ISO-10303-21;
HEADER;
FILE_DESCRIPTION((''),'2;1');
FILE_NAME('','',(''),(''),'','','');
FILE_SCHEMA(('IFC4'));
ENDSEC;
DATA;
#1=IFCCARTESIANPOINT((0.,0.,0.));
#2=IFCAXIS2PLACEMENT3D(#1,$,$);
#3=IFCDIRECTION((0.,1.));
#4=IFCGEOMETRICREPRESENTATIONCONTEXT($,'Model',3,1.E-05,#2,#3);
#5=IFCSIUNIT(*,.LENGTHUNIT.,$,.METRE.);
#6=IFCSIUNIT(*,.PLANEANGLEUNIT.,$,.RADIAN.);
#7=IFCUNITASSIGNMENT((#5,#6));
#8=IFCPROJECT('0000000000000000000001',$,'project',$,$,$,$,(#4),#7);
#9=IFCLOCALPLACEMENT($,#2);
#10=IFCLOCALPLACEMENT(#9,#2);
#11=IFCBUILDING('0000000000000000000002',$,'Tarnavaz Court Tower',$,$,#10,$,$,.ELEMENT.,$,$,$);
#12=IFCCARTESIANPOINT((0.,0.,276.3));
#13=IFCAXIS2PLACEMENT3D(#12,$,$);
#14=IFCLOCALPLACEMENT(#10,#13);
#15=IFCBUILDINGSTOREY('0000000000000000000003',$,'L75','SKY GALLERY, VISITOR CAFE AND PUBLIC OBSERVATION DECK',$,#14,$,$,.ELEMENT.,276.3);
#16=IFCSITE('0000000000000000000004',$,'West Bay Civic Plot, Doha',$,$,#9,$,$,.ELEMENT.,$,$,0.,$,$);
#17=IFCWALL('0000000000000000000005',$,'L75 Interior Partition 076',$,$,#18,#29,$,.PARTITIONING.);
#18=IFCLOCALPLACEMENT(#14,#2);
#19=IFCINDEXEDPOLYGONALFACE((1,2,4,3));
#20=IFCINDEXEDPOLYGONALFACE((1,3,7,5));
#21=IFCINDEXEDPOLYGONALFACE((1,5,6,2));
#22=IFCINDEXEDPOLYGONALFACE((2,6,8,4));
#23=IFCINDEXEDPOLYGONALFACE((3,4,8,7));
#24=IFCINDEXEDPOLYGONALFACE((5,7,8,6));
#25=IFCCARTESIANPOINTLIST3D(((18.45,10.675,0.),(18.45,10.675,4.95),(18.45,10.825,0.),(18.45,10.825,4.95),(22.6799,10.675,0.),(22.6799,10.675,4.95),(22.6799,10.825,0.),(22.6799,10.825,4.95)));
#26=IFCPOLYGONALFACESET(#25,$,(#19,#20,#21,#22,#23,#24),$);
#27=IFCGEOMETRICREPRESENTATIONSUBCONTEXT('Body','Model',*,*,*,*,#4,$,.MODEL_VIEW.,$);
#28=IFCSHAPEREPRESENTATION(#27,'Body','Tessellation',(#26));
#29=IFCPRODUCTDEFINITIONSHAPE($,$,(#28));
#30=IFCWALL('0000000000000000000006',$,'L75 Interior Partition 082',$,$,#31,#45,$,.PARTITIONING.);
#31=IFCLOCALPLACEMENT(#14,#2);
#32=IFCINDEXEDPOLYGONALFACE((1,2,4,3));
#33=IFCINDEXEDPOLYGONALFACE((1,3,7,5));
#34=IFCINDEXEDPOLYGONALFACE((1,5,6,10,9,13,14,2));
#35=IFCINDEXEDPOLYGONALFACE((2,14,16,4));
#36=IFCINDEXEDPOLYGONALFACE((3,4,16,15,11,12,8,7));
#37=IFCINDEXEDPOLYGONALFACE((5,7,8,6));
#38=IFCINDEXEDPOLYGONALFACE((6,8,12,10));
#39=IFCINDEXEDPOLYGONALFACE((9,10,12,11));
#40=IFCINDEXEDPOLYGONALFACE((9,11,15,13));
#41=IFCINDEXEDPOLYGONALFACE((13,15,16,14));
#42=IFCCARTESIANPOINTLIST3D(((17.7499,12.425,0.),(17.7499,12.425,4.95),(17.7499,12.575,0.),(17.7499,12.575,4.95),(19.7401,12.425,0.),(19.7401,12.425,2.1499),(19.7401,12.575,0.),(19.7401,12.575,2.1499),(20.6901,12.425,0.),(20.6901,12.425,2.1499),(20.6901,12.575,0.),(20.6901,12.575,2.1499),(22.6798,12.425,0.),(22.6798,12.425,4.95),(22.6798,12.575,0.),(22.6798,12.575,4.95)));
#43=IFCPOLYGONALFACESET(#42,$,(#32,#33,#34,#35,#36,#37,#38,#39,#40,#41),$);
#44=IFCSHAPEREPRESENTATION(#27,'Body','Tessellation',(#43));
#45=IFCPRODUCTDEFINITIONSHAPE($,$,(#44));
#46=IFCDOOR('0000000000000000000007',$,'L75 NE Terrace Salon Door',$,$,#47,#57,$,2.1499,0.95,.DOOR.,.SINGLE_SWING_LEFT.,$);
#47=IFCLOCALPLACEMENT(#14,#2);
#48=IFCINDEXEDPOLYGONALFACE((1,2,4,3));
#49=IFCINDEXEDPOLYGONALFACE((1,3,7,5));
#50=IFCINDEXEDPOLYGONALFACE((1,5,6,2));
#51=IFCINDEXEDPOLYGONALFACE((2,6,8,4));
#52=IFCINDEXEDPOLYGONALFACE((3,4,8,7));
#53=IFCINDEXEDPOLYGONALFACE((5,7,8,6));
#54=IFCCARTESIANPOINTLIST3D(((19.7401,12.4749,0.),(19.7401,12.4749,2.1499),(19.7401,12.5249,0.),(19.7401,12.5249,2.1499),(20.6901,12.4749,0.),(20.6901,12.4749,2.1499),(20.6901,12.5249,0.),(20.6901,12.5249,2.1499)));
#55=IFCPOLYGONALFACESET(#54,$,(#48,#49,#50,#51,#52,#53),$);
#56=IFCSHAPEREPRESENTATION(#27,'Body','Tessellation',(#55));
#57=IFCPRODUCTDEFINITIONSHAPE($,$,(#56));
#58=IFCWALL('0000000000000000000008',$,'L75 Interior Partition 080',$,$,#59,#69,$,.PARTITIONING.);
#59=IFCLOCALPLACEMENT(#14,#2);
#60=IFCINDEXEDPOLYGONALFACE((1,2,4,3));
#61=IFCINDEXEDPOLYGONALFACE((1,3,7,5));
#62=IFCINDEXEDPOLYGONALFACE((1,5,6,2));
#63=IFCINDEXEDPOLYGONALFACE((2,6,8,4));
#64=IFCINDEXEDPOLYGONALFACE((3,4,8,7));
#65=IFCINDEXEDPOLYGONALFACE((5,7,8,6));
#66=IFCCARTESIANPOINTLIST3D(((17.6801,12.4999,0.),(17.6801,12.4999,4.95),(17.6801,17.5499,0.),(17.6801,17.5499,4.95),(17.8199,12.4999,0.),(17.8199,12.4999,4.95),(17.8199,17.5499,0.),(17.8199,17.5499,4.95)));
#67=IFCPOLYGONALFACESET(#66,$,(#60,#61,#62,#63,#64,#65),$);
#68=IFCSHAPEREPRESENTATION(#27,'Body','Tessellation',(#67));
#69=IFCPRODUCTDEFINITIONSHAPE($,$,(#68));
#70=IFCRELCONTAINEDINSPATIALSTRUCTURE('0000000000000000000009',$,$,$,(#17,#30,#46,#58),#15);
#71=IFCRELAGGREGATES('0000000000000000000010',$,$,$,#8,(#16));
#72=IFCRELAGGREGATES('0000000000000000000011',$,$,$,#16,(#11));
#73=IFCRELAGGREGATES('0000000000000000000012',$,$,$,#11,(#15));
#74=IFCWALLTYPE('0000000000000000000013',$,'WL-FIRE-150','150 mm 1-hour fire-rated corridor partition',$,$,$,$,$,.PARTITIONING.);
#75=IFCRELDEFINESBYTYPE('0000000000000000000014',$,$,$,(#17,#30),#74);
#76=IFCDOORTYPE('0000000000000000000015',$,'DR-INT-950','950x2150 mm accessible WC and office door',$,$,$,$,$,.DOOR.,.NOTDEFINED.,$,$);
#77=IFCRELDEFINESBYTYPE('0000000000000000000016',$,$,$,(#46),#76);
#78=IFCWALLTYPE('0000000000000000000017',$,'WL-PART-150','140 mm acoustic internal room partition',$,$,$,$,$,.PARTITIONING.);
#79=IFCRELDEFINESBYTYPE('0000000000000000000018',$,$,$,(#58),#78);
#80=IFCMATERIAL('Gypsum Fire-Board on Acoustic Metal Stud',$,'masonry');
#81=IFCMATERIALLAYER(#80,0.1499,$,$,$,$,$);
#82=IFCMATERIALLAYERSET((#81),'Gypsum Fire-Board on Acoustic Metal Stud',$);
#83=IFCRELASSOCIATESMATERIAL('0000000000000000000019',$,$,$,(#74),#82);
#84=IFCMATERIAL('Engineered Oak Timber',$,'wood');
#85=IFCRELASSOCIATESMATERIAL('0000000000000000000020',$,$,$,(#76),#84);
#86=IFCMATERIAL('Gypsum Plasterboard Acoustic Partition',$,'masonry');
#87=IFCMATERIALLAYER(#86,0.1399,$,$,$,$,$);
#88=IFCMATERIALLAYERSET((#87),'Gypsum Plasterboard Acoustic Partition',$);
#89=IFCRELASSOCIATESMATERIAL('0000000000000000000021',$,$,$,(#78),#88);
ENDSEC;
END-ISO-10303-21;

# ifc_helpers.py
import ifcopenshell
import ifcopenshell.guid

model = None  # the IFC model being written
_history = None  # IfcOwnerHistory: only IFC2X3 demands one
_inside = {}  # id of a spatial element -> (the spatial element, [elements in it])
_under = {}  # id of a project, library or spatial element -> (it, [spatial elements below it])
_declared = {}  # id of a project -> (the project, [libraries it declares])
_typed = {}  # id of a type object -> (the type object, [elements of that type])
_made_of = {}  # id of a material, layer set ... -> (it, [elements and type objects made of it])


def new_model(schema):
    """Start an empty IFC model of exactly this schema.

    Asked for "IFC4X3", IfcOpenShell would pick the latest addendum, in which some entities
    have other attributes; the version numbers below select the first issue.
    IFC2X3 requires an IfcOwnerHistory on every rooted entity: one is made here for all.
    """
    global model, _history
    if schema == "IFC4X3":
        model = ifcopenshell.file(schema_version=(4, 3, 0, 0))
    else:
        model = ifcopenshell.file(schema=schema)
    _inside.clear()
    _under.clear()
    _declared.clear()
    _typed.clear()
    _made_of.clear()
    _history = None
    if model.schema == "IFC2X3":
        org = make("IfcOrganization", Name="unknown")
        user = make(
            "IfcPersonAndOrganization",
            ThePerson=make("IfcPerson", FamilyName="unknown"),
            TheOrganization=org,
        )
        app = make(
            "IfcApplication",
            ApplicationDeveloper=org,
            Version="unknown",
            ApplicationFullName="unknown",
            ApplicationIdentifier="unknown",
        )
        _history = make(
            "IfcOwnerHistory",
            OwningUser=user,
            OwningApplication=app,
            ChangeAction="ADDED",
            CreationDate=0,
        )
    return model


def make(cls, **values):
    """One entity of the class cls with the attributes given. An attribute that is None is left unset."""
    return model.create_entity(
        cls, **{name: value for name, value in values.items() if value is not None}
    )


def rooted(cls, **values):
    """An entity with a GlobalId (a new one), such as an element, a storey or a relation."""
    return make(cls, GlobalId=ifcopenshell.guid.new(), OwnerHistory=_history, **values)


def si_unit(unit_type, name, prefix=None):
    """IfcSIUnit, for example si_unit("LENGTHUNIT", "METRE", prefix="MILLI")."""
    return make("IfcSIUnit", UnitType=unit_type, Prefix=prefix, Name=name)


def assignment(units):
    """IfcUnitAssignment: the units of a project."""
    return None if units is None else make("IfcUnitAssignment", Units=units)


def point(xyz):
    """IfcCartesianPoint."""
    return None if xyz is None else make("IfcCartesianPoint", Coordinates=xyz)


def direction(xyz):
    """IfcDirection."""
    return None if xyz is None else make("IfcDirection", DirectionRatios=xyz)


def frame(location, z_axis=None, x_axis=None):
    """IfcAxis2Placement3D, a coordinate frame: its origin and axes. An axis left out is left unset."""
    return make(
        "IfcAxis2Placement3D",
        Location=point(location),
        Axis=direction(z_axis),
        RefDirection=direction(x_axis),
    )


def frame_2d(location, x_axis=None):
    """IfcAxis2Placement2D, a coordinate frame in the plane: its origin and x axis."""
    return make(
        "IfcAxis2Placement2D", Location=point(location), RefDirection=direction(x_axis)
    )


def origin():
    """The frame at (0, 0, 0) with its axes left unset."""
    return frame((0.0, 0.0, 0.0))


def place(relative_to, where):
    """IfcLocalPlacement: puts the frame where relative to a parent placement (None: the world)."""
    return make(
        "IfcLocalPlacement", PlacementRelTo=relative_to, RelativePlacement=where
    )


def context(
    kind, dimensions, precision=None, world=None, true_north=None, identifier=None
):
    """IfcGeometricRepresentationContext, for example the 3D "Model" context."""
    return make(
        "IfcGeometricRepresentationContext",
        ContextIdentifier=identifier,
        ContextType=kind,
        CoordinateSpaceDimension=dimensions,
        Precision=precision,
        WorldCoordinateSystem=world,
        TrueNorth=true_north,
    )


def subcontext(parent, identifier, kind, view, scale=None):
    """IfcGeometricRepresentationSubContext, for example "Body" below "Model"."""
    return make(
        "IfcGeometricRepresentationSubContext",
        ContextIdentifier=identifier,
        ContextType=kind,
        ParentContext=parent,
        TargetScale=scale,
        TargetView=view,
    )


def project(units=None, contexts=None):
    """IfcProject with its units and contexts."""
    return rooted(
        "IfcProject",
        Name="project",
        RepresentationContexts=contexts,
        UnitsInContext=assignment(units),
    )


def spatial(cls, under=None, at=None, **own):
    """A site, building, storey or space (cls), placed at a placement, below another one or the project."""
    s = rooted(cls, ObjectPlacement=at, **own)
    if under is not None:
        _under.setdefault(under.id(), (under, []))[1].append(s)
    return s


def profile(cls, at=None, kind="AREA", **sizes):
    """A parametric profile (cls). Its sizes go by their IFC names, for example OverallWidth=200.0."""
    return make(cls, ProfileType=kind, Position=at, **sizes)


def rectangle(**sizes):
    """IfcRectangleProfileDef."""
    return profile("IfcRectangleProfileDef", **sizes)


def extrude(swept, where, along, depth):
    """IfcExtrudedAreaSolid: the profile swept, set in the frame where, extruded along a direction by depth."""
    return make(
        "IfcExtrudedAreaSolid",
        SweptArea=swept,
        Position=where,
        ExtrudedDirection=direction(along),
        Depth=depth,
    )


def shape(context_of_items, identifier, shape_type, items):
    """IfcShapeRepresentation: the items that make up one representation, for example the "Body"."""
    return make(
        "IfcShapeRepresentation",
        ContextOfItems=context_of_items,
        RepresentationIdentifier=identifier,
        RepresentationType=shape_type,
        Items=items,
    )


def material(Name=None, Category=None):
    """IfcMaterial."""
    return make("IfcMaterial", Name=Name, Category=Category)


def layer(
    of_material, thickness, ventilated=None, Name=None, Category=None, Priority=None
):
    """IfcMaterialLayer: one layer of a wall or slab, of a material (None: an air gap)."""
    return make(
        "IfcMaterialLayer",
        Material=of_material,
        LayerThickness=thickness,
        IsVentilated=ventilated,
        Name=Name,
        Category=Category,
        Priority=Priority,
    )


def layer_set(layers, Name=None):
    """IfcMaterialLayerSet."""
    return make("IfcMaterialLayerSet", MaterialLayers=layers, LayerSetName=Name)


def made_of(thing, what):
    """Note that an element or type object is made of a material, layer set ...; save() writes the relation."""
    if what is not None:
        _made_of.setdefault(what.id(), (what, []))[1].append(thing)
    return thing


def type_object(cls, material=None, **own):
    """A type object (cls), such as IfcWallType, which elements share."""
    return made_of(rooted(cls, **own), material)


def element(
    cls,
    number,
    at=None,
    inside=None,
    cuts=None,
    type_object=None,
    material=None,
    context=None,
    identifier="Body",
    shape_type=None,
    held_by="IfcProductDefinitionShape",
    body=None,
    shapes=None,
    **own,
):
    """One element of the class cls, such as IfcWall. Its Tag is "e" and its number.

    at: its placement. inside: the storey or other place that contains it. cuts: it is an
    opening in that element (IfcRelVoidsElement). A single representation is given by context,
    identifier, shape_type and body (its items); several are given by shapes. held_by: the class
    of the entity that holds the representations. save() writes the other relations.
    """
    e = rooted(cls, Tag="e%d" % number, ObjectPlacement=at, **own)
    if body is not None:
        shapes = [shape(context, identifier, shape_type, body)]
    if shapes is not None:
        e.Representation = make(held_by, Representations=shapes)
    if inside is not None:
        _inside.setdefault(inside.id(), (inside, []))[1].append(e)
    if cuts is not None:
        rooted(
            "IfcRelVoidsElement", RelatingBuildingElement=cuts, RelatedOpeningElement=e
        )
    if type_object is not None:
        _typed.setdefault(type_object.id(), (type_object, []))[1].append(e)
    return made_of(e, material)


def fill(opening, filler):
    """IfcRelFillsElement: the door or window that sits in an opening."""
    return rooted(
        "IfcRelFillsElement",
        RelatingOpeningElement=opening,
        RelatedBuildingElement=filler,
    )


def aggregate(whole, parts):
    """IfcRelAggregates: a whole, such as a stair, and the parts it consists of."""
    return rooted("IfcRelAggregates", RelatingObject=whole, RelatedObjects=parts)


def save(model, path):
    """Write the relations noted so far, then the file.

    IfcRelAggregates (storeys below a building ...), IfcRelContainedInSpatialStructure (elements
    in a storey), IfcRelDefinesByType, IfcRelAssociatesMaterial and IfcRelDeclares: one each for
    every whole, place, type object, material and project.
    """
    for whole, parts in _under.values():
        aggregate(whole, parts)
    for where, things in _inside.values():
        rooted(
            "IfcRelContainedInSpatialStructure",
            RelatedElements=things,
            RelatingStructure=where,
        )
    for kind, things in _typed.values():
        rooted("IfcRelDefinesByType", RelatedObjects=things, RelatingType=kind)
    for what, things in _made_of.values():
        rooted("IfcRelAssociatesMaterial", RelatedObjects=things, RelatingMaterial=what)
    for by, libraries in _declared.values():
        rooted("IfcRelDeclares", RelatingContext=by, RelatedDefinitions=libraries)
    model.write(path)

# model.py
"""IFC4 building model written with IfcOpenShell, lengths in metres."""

from ifc_helpers import new_model, si_unit, direction, frame, frame_2d, origin, place, context, subcontext, project, spatial, rectangle, extrude, material, layer, layer_set, type_object, element, fill, save


model = new_model("IFC4")

# Units and contexts
model_context = context("Model", 3, precision=1e-05, world=origin(), true_north=direction((0.0, 1.0)))
body_context = subcontext(model_context, "Body", "Model", "MODEL_VIEW")
ifc_project = project(units=[si_unit("LENGTHUNIT", "METRE"), si_unit("PLANEANGLEUNIT", "RADIAN")], contexts=[model_context])

# Site, building, storey
site_placement = place(None, origin())
site = spatial("IfcSite", under=ifc_project, at=site_placement, Name="West Bay Civic Plot, Doha", CompositionType="ELEMENT", RefElevation=0.0)
building_placement = place(site_placement, origin())
building = spatial("IfcBuilding", under=site, at=building_placement, Name="Tarnavaz Court Tower", CompositionType="ELEMENT")
storey_placement = place(building_placement, frame((0.0, 0.0, 276.3)))
storey = spatial("IfcBuildingStorey", under=building, at=storey_placement, Name="L75", Description="SKY GALLERY, VISITOR CAFE AND PUBLIC OBSERVATION DECK", CompositionType="ELEMENT", Elevation=276.3)

# Wall
ifc_material_1 = material(Name="Gypsum Fire-Board on Acoustic Metal Stud", Category="masonry")
ifc_layer_1 = layer(ifc_material_1, 0.1499)
ifc_layer_set_1 = layer_set([ifc_layer_1], Name="Gypsum Fire-Board on Acoustic Metal Stud")
wall_type_1 = type_object("IfcWallType", Name="WL-FIRE-150", Description="150 mm 1-hour fire-rated corridor partition", PredefinedType="PARTITIONING", material=ifc_layer_set_1)
wall_1_placement = place(storey_placement, frame((18.45, 10.75, 0.0), z_axis=(0.0, 0.0, 1.0), x_axis=(1.0, 0.0, 0.0)))
element("IfcWall", 1, at=wall_1_placement, inside=storey, type_object=wall_type_1, Name="L75 Interior Partition 076", PredefinedType="PARTITIONING", context=body_context, shape_type="SweptSolid", body=[
    extrude(rectangle(XDim=4.23, YDim=0.1499, at=frame_2d((2.115, 0.0))), origin(), (0.0, 0.0, 1.0), 4.95),
])

# Wall, opening, door
wall_2_placement = place(storey_placement, frame((17.75, 12.5, 0.0), z_axis=(0.0, 0.0, 1.0), x_axis=(1.0, 0.0, 0.0)))
wall_2 = element("IfcWall", 2, at=wall_2_placement, inside=storey, type_object=wall_type_1, Name="L75 Interior Partition 082", PredefinedType="PARTITIONING", context=body_context, shape_type="SweptSolid", body=[
    extrude(rectangle(XDim=4.9299, YDim=0.1499, at=frame_2d((2.4648, 0.0))), origin(), (0.0, 0.0, 1.0), 4.95),
])
opening_1_placement = place(wall_2_placement, frame((1.99, 0.0, 0.0)))
opening_1 = element("IfcOpeningElement", 3, at=opening_1_placement, cuts=wall_2, PredefinedType="OPENING", context=body_context, shape_type="SweptSolid", body=[
    extrude(rectangle(XDim=0.95, YDim=2.1499, at=frame_2d((0.4751, 1.075))), frame((0.0, 0.085, 0.0), z_axis=(0.0, -1.0, 0.0), x_axis=(1.0, 0.0, 0.0)), (0.0, 0.0, 1.0), 0.1699),
])
ifc_material_2 = material(Name="Engineered Oak Timber", Category="wood")
door_type_1 = type_object("IfcDoorType", Name="DR-INT-950", Description="950x2150 mm accessible WC and office door", OperationType="NOTDEFINED", PredefinedType="DOOR", material=ifc_material_2)
door_1_placement = place(opening_1_placement, origin())
door_1 = element("IfcDoor", 4, at=door_1_placement, inside=storey, type_object=door_type_1, Name="L75 NE Terrace Salon Door", OperationType="SINGLE_SWING_LEFT", OverallHeight=2.1499, OverallWidth=0.95, PredefinedType="DOOR", context=body_context, shape_type="SweptSolid", body=[
    extrude(rectangle(XDim=0.95, YDim=2.1499, at=frame_2d((0.4751, 1.075))), frame((0.0, 0.0249, 0.0), z_axis=(0.0, -1.0, 0.0), x_axis=(1.0, 0.0, 0.0)), (0.0, 0.0, 1.0), 0.05),
])
fill(opening_1, door_1)

# Wall
ifc_material_3 = material(Name="Gypsum Plasterboard Acoustic Partition", Category="masonry")
ifc_layer_2 = layer(ifc_material_3, 0.1399)
ifc_layer_set_2 = layer_set([ifc_layer_2], Name="Gypsum Plasterboard Acoustic Partition")
wall_type_2 = type_object("IfcWallType", Name="WL-PART-150", Description="140 mm acoustic internal room partition", PredefinedType="PARTITIONING", material=ifc_layer_set_2)
wall_3_placement = place(storey_placement, frame((17.75, 12.5, 0.0), z_axis=(0.0, 0.0, 1.0), x_axis=(0.0, 1.0, 0.0)))
element("IfcWall", 5, at=wall_3_placement, inside=storey, type_object=wall_type_2, Name="L75 Interior Partition 080", PredefinedType="PARTITIONING", context=body_context, shape_type="SweptSolid", body=[
    extrude(rectangle(XDim=5.05, YDim=0.1399, at=frame_2d((2.5249, 0.0))), origin(), (0.0, 0.0, 1.0), 4.95),
])

save(model, "model.ifc")
